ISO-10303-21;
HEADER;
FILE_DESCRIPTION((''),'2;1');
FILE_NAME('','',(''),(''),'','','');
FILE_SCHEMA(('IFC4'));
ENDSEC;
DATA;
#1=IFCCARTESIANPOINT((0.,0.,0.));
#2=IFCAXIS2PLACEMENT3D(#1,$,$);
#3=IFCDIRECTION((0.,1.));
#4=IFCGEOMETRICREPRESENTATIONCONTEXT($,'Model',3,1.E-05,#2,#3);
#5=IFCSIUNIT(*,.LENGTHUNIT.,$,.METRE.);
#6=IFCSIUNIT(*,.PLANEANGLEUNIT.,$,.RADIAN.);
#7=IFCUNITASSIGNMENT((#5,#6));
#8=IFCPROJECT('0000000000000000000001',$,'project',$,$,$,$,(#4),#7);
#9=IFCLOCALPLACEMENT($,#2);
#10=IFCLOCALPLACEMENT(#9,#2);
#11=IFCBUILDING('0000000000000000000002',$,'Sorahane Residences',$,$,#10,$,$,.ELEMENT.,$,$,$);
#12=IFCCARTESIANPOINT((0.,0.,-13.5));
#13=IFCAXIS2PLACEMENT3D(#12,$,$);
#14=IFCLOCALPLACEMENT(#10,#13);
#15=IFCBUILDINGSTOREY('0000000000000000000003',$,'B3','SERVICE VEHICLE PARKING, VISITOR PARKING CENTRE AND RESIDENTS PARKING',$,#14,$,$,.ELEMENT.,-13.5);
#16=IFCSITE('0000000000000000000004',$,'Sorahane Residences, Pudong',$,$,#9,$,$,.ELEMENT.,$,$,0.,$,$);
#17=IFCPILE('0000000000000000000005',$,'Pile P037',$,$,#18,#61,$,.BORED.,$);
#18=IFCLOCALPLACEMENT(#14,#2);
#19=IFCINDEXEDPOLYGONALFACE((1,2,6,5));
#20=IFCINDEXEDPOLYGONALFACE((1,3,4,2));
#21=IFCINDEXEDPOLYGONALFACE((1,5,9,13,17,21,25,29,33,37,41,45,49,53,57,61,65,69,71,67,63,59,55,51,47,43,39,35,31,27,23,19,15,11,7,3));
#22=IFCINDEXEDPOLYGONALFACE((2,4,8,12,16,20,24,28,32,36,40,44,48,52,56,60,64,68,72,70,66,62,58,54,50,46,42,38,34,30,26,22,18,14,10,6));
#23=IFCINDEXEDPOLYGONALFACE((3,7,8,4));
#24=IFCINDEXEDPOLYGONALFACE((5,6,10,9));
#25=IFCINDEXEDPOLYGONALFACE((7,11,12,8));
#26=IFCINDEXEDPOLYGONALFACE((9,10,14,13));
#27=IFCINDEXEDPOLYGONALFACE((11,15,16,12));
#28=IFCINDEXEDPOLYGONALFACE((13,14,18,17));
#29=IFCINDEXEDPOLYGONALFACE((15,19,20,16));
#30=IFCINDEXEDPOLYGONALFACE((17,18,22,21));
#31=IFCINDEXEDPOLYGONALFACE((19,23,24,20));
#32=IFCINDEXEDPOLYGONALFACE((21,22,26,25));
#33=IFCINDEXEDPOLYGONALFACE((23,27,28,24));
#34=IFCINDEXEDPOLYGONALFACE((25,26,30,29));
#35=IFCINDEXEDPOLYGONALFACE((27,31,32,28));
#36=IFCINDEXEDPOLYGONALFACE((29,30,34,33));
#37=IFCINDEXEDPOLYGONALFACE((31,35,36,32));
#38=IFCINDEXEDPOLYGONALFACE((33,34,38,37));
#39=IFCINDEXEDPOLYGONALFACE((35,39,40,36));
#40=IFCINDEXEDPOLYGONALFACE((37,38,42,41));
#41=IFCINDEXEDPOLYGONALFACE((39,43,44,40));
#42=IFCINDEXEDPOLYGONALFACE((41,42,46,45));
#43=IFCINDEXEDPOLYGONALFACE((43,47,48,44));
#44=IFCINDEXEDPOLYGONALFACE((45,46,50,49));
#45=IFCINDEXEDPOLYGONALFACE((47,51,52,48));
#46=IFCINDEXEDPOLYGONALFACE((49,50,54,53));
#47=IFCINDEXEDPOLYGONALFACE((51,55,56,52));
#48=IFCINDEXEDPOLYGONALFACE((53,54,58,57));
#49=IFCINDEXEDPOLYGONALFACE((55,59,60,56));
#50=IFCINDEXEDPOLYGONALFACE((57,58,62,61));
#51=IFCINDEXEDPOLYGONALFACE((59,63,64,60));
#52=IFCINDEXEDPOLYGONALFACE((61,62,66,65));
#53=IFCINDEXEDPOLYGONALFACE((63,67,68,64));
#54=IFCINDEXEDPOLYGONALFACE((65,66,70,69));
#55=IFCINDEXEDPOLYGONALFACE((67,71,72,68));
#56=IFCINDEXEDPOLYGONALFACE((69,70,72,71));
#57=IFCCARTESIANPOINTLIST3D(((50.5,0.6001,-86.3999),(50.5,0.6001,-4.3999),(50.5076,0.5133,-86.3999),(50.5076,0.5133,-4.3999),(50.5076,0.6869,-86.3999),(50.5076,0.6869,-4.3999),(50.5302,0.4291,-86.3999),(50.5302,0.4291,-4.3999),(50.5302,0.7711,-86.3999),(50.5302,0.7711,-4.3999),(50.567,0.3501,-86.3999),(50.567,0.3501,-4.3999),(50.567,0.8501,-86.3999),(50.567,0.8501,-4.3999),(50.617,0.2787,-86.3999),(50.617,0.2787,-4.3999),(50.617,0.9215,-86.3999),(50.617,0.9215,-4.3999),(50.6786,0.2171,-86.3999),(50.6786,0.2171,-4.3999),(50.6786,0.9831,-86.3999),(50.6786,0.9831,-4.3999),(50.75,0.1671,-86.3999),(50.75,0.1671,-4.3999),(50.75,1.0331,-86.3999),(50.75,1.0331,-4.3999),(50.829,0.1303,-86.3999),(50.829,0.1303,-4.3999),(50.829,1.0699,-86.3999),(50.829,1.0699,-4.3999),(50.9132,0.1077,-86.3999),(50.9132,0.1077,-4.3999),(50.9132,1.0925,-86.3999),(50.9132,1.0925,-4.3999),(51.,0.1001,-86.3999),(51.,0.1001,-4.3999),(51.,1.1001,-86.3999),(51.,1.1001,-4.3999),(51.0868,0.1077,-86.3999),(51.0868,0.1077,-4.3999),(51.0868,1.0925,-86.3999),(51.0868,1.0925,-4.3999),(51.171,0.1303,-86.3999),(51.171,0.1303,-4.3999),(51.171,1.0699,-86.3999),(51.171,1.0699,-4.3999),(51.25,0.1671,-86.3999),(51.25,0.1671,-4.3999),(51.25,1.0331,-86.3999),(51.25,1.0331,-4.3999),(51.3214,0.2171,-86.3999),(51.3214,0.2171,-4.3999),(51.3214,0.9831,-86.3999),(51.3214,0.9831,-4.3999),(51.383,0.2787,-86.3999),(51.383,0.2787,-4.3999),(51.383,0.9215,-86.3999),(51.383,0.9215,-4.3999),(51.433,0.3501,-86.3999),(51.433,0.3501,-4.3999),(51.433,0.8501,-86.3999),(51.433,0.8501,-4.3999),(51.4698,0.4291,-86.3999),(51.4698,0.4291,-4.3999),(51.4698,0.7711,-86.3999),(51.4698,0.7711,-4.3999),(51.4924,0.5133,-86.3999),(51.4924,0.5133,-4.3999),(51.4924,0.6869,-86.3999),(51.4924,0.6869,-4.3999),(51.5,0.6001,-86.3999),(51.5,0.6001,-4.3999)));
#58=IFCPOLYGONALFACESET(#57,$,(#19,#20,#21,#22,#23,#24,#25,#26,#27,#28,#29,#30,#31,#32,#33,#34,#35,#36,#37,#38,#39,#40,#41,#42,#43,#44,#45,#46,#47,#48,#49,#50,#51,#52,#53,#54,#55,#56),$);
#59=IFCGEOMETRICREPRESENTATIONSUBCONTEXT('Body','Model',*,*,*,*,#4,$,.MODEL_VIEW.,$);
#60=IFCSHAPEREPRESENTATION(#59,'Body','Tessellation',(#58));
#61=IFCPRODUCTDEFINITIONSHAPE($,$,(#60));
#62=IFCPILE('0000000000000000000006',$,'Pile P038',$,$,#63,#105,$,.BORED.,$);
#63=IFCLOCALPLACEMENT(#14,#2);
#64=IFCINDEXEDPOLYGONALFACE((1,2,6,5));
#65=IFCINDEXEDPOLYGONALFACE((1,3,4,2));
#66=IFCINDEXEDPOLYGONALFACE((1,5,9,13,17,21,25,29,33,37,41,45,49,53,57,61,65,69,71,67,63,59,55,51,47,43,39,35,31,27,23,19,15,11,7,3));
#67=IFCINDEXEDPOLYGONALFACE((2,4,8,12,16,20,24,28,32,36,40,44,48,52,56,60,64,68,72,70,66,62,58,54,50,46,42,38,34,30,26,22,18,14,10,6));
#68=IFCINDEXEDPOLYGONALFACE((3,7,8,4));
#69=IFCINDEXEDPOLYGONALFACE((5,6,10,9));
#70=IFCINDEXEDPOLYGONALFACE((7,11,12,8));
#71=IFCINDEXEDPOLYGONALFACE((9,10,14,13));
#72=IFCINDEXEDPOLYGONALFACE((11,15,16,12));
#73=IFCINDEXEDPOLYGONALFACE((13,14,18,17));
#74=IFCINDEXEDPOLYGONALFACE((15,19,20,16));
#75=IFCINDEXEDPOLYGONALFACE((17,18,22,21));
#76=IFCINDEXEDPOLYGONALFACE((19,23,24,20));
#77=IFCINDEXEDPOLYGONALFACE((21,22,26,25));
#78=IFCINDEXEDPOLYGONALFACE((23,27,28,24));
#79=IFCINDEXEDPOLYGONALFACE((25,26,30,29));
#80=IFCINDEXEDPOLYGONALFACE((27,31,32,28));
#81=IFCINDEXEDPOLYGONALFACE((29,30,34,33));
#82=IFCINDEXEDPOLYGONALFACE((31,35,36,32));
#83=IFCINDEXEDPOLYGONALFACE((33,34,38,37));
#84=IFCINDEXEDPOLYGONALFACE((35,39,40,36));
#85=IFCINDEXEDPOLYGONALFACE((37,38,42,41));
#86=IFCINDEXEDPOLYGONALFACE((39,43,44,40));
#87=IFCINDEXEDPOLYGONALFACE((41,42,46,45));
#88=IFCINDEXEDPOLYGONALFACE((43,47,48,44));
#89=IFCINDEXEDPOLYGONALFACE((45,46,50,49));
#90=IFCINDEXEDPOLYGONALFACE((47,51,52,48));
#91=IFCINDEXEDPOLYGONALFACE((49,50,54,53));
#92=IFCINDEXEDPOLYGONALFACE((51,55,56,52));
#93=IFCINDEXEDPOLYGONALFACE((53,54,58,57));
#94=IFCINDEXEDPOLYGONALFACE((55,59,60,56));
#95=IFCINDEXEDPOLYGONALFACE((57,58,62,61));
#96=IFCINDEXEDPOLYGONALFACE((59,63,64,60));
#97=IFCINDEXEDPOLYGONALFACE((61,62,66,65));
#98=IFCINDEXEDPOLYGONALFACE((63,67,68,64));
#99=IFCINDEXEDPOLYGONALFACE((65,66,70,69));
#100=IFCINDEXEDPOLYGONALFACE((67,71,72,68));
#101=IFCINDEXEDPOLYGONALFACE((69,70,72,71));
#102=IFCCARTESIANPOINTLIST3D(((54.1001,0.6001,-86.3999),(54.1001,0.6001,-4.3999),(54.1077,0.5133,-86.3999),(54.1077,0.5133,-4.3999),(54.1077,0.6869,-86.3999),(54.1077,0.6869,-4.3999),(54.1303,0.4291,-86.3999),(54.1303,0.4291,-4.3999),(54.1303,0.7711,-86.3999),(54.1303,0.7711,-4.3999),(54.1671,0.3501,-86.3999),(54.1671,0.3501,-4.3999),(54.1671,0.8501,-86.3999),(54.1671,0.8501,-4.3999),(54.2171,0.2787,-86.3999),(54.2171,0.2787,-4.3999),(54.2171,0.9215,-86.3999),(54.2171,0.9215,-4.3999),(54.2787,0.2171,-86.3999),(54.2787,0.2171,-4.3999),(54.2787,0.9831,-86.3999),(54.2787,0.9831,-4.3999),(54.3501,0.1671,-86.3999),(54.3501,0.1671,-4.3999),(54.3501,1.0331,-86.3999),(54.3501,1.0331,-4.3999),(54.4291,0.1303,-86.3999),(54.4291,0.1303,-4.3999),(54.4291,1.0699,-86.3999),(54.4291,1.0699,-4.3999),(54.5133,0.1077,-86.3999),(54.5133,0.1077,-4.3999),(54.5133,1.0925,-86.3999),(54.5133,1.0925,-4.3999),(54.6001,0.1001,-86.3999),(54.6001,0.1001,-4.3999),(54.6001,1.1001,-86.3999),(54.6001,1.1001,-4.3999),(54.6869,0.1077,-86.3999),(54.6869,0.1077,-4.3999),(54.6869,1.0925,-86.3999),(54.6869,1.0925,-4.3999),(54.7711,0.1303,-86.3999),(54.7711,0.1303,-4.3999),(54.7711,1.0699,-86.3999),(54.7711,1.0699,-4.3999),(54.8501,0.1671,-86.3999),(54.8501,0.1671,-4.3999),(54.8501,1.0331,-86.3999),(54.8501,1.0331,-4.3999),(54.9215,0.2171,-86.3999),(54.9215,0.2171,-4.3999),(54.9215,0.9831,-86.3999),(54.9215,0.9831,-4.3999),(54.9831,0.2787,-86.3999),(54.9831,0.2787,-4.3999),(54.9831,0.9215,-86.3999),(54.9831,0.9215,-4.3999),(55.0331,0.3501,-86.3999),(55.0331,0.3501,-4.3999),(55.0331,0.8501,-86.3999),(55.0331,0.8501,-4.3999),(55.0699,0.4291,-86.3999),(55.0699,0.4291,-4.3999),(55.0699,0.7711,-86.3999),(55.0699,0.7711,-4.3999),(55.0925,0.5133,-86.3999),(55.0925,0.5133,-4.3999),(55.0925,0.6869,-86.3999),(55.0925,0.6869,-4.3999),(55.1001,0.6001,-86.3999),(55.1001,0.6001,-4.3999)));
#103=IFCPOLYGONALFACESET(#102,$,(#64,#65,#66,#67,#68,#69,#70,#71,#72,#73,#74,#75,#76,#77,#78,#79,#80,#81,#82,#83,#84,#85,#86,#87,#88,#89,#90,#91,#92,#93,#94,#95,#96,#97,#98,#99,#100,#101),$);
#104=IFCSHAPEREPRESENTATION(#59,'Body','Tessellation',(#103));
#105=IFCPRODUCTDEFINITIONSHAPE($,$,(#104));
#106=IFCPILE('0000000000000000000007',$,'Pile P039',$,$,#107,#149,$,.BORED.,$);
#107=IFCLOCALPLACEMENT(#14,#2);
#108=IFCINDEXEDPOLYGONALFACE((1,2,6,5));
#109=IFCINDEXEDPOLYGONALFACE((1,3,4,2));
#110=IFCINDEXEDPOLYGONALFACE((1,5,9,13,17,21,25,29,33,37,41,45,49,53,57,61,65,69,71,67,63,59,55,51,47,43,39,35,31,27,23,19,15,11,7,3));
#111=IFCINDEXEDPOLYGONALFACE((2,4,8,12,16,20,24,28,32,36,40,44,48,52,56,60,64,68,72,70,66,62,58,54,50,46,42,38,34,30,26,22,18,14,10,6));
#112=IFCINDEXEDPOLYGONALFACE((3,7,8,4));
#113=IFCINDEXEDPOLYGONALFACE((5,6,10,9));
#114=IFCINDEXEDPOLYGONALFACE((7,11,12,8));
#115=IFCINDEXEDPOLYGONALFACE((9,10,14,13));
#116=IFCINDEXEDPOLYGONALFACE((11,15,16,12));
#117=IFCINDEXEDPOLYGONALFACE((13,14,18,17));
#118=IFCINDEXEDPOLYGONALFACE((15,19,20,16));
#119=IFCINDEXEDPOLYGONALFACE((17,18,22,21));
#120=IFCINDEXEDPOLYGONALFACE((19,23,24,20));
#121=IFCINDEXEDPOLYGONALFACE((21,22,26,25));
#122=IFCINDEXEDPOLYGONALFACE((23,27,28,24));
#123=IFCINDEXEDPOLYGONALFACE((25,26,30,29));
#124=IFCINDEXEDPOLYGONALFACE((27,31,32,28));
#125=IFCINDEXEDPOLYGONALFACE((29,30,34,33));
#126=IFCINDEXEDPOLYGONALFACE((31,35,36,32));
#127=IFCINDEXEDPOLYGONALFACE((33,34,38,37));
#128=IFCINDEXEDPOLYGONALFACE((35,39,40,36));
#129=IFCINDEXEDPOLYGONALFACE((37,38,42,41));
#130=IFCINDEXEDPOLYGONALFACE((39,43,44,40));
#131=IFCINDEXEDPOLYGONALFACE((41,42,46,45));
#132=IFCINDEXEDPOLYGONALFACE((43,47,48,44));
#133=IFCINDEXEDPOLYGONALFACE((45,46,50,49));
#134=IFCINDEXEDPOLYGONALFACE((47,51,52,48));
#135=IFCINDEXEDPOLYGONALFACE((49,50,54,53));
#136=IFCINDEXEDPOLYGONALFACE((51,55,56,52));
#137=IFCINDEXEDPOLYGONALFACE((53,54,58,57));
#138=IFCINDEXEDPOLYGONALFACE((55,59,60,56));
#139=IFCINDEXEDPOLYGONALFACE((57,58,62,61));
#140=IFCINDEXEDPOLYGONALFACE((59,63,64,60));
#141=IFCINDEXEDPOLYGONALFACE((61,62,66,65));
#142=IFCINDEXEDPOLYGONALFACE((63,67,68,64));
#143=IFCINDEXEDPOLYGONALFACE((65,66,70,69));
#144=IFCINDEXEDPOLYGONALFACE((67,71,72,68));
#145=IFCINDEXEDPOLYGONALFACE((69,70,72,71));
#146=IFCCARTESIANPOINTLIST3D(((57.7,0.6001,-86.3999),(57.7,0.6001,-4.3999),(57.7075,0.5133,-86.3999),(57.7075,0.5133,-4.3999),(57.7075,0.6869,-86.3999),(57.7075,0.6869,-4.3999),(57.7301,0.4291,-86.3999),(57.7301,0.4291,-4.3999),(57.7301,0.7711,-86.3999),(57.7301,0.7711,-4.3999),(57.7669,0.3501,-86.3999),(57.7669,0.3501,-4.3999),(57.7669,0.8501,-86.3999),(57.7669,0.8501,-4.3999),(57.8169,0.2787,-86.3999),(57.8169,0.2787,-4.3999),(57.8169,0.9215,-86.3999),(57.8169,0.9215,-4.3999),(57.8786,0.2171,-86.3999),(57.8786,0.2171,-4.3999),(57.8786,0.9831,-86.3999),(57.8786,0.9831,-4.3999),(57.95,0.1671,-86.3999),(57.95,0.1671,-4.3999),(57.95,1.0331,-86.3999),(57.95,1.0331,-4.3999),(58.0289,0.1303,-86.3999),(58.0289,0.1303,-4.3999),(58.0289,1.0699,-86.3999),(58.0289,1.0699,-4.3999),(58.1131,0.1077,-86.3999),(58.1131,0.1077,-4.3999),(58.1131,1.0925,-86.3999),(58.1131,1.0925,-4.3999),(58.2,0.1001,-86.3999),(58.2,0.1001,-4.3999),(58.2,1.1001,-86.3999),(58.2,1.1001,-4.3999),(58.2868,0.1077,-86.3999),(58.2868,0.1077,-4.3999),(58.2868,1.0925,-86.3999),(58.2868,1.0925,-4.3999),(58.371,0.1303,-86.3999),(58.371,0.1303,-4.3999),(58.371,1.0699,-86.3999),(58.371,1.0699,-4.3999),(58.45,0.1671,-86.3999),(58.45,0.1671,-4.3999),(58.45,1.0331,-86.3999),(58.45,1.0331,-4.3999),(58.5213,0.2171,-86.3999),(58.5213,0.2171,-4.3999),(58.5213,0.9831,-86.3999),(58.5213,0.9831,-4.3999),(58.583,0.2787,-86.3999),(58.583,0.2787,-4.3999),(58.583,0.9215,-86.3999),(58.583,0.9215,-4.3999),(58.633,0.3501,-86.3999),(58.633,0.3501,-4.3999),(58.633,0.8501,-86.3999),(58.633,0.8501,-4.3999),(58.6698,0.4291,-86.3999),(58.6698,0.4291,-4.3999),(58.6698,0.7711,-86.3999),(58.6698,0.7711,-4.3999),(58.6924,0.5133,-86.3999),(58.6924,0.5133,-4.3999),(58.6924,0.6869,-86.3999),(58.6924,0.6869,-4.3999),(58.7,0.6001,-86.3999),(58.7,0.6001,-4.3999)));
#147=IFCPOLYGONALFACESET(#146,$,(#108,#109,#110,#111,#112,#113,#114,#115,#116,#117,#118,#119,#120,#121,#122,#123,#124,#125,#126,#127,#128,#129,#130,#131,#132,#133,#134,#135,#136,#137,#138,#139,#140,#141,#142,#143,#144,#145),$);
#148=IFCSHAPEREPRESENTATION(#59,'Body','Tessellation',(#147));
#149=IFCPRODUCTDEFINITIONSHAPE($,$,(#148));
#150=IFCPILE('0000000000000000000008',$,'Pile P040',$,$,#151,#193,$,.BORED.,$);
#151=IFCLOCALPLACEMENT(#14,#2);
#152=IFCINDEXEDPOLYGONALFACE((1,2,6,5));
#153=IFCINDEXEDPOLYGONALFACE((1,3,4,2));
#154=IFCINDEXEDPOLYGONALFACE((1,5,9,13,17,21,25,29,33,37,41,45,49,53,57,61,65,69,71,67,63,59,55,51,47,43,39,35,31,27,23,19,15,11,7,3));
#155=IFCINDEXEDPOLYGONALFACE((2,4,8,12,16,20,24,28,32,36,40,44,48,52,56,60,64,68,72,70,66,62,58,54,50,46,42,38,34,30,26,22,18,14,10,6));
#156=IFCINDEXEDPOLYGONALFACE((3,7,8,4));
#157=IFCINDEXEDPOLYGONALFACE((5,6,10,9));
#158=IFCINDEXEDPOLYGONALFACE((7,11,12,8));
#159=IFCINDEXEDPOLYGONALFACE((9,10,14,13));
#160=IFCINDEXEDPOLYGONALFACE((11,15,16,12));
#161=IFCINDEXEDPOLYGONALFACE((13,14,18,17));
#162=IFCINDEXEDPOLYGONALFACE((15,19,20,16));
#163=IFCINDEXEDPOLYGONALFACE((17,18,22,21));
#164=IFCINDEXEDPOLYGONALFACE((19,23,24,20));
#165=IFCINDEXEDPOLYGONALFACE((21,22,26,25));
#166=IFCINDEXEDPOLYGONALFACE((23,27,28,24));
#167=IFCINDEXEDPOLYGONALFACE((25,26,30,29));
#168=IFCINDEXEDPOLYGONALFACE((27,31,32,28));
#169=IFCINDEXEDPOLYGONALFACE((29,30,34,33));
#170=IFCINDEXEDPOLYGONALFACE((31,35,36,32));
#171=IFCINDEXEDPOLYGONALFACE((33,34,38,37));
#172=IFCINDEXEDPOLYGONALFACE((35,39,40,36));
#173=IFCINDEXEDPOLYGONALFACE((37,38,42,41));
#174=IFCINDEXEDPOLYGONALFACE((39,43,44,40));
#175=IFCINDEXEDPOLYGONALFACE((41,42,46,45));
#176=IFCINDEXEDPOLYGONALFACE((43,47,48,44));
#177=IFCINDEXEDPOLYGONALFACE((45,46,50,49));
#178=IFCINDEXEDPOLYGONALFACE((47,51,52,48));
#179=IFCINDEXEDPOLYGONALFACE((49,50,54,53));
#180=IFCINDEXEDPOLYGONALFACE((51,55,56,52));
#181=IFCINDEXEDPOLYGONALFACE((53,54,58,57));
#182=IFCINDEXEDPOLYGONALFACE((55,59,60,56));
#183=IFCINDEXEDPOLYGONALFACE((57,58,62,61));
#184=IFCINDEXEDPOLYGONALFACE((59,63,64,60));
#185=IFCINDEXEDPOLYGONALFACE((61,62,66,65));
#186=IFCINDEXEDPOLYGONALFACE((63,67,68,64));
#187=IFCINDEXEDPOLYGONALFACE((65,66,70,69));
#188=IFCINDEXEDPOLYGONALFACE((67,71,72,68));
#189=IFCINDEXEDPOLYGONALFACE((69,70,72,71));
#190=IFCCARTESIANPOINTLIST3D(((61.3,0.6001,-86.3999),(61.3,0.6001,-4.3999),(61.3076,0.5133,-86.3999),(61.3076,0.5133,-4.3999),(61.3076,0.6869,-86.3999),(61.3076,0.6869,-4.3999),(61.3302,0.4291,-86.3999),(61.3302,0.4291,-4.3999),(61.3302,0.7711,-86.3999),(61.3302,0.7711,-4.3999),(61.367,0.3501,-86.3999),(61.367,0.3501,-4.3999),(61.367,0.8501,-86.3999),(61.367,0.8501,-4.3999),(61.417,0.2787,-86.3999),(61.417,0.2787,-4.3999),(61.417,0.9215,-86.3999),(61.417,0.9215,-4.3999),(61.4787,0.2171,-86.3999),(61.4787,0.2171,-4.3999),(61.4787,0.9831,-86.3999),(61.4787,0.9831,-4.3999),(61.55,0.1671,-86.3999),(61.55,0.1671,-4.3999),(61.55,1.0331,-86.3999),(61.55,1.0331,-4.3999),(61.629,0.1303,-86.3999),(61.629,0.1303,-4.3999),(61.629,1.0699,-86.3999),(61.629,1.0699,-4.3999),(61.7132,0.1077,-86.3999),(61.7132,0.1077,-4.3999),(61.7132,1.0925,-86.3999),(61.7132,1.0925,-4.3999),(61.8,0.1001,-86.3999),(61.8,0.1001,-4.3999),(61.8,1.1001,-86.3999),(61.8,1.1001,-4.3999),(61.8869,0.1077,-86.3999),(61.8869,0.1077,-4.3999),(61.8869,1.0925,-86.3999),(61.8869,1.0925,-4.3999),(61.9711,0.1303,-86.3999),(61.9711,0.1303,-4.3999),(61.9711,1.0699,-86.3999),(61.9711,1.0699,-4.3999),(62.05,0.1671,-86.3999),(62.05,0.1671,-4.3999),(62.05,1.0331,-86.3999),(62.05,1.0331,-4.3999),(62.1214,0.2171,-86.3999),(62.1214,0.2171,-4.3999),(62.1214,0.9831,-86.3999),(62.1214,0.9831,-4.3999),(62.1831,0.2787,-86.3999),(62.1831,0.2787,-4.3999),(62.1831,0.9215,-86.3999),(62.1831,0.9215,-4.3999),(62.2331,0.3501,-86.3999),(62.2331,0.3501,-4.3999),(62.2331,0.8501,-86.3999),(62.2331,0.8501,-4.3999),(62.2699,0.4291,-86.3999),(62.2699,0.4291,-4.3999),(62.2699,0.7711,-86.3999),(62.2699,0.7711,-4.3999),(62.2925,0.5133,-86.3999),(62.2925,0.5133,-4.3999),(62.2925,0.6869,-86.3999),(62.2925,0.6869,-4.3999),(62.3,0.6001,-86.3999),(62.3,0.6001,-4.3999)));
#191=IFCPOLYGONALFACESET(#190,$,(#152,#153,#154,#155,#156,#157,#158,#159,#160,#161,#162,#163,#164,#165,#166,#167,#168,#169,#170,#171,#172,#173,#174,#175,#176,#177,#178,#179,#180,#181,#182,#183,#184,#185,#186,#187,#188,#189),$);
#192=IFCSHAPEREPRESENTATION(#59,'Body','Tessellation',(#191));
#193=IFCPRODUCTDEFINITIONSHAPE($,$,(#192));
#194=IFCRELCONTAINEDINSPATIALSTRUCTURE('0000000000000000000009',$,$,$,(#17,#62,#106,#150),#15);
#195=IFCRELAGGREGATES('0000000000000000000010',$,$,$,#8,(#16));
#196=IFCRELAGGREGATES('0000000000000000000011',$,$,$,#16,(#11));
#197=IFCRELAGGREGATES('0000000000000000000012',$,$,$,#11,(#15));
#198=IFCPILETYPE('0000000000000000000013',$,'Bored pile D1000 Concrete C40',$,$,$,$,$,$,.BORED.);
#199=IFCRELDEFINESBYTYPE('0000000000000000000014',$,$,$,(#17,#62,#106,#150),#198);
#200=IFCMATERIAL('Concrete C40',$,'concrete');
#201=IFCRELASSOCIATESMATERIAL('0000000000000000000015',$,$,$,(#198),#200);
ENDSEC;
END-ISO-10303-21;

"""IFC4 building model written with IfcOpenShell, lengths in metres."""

from ifc_helpers import new_model, si_unit, direction, frame, origin, origin_2d, place, context, subcontext, project, spatial, circle, extrude, material, material_profile, profile_set, type_object, element, save


model = new_model("IFC4")

# Units and contexts
model_context = context("Model", 3, precision=1e-05, world=origin(), true_north=direction((0.0, 1.0)))
body_context = subcontext(model_context, "Body", "Model", "MODEL_VIEW")
ifc_project = project(units=[si_unit("LENGTHUNIT", "METRE"), si_unit("PLANEANGLEUNIT", "RADIAN")], contexts=[model_context])

# Site, building, storey
site_placement = place(None, origin())
site = spatial("IfcSite", under=ifc_project, at=site_placement, Name="Sorahane Residences, Pudong", CompositionType="ELEMENT", RefElevation=0.0)
building_placement = place(site_placement, origin())
building = spatial("IfcBuilding", under=site, at=building_placement, Name="Sorahane Residences", CompositionType="ELEMENT")
storey_placement = place(building_placement, frame((0.0, 0.0, -13.5)))
storey = spatial("IfcBuildingStorey", under=building, at=storey_placement, Name="B3", Description="SERVICE VEHICLE PARKING, VISITOR PARKING CENTRE AND RESIDENTS PARKING", CompositionType="ELEMENT", Elevation=-13.5)

# Piles
ifc_material_1 = material(Name="Concrete C40", Category="concrete")
ifc_material_profile_1 = material_profile(ifc_material_1, circle(Radius=0.5, at=origin_2d()), Name="D1000")
ifc_profile_set_1 = profile_set([ifc_material_profile_1], Name="Concrete C40")
pile_type = type_object("IfcPileType", Name="Bored pile D1000 Concrete C40", PredefinedType="BORED", material=ifc_profile_set_1)
for number, where, z_axis, x_axis, name in (
    (1, (51.0, 0.6001, -4.3999), (0.0, 0.0, -1.0), (1.0, 0.0, 0.0), "Pile P037"),
    (2, (54.6001, 0.6001, -4.3999), (0.0, 0.0, -1.0), (1.0, 0.0, 0.0), "Pile P038"),
    (3, (58.2, 0.6001, -4.3999), (0.0, 0.0, -1.0), (1.0, 0.0, 0.0), "Pile P039"),
    (4, (61.8, 0.6001, -4.3999), (0.0, 0.0, -1.0), (1.0, 0.0, 0.0), "Pile P040"),
):
    element("IfcPile", number, at=place(storey_placement, frame(where, z_axis=z_axis, x_axis=x_axis)), inside=storey, type_object=pile_type, Name=name, PredefinedType="BORED", context=body_context, shape_type="SweptSolid", body=[
        extrude(circle(Radius=0.5, at=origin_2d()), origin(), (0.0, 0.0, 1.0), 82.0),
    ])

save(model, "model.ifc")
